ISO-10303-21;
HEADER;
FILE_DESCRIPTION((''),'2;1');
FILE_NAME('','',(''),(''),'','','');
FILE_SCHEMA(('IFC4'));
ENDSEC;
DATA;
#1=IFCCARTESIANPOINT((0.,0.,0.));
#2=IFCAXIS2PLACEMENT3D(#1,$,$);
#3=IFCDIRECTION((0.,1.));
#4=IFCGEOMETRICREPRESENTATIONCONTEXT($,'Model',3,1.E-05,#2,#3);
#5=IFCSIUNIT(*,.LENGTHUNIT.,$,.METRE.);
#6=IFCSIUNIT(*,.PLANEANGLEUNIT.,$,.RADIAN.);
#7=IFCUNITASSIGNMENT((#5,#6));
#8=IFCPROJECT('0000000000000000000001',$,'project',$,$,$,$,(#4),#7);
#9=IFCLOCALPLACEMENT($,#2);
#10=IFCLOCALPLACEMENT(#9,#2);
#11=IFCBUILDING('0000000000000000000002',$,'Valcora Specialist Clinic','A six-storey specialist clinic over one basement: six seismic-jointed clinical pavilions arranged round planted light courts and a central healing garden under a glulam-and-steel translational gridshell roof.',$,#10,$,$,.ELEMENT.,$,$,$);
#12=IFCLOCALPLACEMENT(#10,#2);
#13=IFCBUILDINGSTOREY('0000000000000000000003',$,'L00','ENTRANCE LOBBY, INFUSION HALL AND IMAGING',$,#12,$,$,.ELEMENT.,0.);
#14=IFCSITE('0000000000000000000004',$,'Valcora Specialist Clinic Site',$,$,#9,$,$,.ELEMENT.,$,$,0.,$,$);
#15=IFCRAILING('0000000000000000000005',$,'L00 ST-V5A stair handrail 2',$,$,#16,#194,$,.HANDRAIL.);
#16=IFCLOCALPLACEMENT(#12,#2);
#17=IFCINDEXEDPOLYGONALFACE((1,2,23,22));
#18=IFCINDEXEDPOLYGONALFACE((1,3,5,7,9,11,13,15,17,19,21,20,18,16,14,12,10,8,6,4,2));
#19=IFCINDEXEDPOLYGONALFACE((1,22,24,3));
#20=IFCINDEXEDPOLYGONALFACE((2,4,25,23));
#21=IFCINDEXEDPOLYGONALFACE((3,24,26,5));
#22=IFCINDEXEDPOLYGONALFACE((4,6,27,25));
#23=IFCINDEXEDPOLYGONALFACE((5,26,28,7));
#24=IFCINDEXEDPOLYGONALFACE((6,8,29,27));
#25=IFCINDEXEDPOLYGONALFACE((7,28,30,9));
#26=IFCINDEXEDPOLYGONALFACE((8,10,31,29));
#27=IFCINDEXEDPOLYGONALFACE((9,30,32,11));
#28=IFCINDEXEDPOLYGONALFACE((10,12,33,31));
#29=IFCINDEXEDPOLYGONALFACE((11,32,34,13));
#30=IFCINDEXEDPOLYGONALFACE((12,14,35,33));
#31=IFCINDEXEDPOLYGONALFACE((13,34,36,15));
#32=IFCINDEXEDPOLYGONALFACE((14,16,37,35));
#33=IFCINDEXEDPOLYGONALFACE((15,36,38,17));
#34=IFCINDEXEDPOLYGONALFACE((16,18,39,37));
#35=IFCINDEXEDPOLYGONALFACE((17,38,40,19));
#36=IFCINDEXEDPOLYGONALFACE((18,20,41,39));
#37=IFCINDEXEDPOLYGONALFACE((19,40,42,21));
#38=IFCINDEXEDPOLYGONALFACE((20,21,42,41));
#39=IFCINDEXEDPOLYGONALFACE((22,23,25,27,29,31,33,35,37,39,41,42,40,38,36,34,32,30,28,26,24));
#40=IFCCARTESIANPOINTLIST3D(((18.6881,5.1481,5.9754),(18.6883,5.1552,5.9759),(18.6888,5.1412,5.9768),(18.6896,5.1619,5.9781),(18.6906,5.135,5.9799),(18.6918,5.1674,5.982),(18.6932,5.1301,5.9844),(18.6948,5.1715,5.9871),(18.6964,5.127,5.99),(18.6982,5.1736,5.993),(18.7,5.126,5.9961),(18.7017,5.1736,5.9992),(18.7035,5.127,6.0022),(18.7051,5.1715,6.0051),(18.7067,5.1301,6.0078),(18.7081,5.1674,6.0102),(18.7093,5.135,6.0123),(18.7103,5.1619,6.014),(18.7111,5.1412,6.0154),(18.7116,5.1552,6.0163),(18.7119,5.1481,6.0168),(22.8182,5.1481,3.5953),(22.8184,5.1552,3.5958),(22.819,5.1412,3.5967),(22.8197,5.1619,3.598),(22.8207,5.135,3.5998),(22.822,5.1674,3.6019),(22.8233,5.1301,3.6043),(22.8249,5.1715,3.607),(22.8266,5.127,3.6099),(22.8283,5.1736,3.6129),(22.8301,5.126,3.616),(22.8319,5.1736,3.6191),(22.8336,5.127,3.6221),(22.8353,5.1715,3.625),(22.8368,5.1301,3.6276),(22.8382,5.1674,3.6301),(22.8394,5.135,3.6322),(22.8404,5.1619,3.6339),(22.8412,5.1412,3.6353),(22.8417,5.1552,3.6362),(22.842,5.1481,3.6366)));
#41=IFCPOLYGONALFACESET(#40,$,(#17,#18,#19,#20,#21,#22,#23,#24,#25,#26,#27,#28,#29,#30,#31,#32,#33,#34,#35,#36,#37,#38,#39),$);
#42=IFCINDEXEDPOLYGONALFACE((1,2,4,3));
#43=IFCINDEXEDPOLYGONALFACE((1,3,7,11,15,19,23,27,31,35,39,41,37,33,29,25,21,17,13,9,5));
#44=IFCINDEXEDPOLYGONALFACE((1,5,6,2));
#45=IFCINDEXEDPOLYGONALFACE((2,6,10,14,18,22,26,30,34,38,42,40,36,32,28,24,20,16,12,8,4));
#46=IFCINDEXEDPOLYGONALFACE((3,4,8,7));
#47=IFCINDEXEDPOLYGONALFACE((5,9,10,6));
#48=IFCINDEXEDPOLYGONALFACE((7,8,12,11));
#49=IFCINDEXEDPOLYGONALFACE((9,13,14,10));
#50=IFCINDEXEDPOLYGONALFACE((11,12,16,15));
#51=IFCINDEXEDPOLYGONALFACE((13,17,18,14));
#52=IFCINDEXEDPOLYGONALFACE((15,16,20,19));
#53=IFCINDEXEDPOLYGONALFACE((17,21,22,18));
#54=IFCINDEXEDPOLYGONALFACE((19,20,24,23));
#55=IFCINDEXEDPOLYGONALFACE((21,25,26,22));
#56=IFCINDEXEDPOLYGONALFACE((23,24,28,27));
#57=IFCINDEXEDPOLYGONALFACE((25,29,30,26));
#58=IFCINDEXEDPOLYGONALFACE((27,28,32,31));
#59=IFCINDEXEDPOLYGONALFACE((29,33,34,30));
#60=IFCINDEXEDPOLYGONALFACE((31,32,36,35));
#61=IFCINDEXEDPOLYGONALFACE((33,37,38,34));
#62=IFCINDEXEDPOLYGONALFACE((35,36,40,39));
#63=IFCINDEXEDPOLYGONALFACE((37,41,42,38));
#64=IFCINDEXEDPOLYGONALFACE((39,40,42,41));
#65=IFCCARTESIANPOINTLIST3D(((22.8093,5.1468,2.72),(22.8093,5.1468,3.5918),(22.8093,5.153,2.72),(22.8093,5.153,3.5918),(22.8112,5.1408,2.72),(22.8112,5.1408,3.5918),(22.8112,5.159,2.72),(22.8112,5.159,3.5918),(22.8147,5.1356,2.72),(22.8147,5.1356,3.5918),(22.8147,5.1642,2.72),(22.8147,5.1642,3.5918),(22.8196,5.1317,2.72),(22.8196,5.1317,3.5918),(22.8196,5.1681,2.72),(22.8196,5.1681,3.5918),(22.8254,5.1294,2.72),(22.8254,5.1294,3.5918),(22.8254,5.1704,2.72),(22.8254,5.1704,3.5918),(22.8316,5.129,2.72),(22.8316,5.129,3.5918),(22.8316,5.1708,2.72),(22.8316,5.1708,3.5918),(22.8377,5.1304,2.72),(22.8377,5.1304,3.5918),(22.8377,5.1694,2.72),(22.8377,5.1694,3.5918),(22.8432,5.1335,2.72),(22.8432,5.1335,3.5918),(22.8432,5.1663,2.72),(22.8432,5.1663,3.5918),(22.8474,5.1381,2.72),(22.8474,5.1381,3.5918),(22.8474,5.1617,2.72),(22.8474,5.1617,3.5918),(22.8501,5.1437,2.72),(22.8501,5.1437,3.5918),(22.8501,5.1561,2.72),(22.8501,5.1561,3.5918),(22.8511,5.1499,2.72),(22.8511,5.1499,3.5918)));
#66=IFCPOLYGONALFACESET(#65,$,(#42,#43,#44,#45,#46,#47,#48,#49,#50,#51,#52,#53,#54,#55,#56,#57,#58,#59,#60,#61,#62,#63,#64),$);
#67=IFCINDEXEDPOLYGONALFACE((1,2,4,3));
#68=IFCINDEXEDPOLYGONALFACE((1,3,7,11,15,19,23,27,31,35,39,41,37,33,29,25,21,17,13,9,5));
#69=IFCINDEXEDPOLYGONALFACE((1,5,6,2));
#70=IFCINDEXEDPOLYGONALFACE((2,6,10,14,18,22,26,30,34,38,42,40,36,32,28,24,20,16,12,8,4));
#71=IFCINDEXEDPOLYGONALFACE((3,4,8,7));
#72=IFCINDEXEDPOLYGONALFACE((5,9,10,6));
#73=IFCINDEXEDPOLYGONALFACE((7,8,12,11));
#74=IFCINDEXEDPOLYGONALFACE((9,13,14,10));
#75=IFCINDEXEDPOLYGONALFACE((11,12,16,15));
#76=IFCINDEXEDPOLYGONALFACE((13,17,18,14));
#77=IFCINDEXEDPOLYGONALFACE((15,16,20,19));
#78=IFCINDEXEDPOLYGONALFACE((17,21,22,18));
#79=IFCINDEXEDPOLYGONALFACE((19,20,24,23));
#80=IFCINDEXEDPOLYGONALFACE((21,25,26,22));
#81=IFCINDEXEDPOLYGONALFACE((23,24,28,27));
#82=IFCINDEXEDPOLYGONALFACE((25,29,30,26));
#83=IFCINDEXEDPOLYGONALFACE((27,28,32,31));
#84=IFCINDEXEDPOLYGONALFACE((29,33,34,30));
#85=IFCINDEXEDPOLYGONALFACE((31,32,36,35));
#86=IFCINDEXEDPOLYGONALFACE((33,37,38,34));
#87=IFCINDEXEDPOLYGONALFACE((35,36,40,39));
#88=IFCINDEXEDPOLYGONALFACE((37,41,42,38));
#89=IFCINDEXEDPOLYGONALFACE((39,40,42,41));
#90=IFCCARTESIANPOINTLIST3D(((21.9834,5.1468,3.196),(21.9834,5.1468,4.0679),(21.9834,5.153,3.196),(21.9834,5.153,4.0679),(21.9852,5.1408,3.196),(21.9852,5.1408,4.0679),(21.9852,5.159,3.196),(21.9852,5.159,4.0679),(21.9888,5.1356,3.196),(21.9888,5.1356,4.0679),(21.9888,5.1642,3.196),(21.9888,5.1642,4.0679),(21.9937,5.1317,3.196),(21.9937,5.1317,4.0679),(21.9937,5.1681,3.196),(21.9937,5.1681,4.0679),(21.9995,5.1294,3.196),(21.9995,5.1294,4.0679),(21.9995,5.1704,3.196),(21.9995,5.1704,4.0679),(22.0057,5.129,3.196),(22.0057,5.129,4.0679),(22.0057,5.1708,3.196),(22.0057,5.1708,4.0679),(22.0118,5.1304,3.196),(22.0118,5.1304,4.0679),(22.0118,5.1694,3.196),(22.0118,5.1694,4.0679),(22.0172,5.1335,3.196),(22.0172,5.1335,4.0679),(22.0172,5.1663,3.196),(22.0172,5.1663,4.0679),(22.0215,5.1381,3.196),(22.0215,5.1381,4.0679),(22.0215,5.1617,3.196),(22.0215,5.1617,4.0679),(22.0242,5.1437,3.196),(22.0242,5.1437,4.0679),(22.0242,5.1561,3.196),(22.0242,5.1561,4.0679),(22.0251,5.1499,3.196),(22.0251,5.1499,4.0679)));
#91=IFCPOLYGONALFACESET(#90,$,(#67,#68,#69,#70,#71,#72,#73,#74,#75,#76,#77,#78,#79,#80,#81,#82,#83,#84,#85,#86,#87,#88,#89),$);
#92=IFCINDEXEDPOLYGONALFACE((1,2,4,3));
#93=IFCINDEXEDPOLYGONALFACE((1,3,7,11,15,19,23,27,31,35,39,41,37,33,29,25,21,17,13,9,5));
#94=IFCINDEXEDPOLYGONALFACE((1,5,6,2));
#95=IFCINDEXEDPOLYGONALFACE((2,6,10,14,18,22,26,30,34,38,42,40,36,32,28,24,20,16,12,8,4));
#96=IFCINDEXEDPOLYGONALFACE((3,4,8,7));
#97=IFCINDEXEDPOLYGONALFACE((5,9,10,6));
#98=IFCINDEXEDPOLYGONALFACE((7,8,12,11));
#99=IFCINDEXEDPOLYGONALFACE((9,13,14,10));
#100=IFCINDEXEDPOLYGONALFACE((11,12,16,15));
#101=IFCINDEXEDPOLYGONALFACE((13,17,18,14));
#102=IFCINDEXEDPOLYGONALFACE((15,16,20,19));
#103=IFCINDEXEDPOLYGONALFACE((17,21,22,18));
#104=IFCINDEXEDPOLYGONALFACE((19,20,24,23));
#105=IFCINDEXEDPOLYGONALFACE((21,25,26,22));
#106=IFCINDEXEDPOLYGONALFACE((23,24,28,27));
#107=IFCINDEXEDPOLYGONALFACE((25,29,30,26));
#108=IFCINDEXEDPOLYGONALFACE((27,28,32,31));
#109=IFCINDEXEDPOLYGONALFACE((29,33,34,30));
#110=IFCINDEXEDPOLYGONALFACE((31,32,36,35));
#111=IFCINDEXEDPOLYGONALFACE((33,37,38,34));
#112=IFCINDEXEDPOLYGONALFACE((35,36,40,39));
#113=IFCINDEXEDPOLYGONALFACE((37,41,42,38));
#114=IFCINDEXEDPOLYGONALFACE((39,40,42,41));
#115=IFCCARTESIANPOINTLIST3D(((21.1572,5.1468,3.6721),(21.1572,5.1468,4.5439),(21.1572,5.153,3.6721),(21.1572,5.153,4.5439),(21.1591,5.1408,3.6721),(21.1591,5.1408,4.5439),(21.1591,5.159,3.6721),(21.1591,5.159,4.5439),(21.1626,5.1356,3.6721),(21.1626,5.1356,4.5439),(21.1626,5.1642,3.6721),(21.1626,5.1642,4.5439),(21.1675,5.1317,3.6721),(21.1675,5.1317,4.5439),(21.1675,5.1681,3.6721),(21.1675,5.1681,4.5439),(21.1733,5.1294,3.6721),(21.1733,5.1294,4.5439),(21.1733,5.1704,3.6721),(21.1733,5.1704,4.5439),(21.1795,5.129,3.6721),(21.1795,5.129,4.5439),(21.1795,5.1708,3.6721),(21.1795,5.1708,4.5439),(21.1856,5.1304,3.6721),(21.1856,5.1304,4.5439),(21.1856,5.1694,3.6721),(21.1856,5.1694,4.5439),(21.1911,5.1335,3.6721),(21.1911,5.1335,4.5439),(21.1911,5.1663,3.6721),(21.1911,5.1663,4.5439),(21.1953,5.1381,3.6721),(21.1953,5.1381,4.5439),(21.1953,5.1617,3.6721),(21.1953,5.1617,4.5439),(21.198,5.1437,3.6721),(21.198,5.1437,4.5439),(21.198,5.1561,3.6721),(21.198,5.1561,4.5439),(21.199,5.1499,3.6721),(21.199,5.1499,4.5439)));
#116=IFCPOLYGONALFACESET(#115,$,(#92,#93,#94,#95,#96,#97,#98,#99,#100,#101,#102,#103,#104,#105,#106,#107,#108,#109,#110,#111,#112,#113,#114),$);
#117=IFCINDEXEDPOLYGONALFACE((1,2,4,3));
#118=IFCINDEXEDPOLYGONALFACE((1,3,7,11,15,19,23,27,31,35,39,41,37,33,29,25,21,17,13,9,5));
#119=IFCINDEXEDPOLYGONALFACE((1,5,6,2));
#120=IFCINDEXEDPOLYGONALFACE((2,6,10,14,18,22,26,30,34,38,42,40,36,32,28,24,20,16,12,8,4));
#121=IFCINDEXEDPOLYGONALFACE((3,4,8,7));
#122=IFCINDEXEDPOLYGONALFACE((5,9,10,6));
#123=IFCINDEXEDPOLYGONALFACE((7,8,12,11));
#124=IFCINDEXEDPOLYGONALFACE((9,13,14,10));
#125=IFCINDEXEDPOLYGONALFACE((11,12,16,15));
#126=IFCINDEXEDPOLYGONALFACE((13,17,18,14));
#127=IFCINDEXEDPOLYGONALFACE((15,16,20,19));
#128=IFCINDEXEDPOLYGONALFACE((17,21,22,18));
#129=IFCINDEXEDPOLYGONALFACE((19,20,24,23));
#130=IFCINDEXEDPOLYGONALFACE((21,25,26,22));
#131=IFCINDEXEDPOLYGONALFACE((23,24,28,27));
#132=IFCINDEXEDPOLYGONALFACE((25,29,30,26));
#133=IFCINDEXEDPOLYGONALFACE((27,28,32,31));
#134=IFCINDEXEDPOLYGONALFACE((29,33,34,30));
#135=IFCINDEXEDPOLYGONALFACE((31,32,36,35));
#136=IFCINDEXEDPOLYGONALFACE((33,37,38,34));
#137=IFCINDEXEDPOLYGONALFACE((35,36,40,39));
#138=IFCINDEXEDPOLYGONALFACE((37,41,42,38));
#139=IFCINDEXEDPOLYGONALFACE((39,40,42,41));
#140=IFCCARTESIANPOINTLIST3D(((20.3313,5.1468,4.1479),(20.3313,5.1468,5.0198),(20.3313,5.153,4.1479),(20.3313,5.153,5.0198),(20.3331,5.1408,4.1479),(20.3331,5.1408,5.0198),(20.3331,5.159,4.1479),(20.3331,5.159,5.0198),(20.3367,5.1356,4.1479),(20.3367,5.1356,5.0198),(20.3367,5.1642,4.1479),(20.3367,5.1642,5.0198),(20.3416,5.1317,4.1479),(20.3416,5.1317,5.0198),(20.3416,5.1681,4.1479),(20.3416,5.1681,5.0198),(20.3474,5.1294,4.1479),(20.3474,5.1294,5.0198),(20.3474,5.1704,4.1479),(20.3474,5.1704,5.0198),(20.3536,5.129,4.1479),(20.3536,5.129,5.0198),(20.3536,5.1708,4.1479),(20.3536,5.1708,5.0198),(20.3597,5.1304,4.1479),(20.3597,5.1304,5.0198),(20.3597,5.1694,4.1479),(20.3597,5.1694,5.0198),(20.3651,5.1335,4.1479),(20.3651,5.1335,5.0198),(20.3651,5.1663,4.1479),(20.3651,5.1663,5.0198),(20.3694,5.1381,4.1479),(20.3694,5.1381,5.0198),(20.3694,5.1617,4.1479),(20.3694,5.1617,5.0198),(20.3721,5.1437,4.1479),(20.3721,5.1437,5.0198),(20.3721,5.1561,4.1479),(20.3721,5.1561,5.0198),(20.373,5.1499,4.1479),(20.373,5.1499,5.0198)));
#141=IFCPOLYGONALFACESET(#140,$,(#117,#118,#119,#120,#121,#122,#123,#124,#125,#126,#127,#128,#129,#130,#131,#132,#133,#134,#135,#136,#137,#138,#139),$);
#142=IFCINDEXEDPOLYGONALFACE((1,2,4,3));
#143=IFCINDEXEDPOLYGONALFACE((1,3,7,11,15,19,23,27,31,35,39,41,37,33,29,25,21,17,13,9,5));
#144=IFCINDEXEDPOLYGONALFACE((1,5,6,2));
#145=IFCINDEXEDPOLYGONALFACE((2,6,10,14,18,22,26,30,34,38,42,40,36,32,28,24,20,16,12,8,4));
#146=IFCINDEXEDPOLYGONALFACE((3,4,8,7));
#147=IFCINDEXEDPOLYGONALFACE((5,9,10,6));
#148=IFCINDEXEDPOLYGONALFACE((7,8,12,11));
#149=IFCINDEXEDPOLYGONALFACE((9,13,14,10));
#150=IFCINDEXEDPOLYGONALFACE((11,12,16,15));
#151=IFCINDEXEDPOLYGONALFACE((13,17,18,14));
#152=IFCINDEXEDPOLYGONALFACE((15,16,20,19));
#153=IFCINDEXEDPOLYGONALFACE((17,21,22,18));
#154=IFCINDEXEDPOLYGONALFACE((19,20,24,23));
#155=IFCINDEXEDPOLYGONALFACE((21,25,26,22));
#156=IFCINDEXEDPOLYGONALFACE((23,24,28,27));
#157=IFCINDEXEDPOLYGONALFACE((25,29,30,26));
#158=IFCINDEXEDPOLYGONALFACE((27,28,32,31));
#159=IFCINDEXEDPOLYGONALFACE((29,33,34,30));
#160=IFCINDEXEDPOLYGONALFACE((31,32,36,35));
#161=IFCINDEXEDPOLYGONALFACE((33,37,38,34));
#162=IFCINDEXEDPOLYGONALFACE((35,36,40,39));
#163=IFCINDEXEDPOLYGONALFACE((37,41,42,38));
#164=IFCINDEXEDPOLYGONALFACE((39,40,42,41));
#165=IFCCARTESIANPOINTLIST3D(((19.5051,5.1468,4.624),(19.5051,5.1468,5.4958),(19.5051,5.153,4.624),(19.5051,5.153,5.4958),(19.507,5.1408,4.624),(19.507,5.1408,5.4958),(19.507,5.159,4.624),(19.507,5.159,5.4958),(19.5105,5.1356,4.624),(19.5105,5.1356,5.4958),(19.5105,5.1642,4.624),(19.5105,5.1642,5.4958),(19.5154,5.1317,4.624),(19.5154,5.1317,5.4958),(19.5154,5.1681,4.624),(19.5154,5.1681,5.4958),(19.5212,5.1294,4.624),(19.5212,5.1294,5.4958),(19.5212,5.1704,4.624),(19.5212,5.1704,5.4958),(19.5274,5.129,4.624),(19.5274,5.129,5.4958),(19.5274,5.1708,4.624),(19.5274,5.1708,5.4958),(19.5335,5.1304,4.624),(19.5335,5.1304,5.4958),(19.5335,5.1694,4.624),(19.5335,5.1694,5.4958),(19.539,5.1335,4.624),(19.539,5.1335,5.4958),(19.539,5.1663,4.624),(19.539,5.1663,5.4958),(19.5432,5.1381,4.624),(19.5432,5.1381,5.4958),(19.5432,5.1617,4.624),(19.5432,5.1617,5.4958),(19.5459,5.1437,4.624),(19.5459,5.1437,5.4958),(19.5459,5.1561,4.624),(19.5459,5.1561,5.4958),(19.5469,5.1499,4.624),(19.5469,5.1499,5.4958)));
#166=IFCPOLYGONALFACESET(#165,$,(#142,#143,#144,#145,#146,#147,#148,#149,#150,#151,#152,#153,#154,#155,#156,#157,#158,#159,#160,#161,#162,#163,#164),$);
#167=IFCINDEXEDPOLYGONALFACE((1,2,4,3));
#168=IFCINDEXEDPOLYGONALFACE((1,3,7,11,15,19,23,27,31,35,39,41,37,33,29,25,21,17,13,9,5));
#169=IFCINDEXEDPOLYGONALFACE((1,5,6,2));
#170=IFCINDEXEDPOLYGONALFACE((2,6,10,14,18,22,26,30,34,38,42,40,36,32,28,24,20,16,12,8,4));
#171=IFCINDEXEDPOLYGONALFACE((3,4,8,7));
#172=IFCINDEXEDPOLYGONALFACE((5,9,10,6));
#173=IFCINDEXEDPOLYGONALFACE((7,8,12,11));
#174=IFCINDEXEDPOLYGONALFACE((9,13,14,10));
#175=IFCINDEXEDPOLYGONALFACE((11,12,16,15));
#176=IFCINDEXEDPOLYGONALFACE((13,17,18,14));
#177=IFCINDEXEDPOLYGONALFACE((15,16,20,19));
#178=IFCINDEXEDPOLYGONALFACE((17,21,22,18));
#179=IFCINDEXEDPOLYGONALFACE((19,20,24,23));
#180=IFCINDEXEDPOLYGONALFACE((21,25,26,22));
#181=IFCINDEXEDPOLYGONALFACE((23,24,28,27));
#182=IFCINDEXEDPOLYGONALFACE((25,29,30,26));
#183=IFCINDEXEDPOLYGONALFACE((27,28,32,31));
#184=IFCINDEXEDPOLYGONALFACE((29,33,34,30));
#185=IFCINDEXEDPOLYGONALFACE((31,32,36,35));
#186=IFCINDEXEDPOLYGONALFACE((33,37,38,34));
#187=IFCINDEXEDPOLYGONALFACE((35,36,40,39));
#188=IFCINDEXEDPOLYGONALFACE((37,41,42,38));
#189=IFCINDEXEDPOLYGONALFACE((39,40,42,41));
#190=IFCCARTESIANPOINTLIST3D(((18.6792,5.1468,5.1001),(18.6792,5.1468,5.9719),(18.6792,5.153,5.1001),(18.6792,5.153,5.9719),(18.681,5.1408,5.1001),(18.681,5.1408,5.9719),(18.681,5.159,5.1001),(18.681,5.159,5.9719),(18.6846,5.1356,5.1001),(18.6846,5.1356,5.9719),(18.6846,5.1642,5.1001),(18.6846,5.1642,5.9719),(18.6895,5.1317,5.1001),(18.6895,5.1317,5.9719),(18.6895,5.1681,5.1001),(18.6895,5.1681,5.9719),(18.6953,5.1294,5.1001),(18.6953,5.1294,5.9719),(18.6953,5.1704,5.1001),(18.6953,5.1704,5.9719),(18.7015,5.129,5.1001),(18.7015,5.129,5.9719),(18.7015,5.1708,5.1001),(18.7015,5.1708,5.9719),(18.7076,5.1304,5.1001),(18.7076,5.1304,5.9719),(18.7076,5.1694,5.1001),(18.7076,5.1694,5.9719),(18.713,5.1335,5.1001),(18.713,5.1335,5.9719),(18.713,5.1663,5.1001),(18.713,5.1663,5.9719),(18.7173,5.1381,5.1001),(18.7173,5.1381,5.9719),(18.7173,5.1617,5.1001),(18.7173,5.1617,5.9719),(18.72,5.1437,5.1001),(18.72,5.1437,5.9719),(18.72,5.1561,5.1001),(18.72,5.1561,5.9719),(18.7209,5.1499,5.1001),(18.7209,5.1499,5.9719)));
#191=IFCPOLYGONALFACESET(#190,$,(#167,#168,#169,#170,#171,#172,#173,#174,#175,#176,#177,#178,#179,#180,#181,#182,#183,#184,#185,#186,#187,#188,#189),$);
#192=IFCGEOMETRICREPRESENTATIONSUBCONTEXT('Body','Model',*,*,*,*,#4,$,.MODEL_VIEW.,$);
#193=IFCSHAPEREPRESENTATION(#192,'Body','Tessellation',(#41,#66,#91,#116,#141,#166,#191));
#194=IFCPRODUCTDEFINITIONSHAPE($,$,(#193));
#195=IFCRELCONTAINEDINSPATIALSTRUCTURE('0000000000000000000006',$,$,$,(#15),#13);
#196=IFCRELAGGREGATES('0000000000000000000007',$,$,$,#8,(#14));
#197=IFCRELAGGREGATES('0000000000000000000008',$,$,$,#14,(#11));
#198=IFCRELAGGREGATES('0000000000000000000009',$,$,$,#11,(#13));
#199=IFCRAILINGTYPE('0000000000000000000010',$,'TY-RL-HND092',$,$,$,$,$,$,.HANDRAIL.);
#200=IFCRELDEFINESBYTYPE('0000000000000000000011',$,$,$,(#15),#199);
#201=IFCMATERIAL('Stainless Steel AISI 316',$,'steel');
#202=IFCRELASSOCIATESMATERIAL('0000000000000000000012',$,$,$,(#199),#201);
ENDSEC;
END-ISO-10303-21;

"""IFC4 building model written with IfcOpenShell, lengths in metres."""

from ifc_helpers import new_model, si_unit, direction, frame, origin, origin_2d, place, context, subcontext, project, spatial, circle, extrude, material, type_object, element, save


model = new_model("IFC4")

# Units and contexts
model_context = context("Model", 3, precision=1e-05, world=origin(), true_north=direction((0.0, 1.0)))
body_context = subcontext(model_context, "Body", "Model", "MODEL_VIEW")
ifc_project = project(units=[si_unit("LENGTHUNIT", "METRE"), si_unit("PLANEANGLEUNIT", "RADIAN")], contexts=[model_context])

# Site, building, storey
site_placement = place(None, origin())
site = spatial("IfcSite", under=ifc_project, at=site_placement, Name="Valcora Specialist Clinic Site", CompositionType="ELEMENT", RefElevation=0.0)
building_placement = place(site_placement, origin())
building = spatial("IfcBuilding", under=site, at=building_placement, Name="Valcora Specialist Clinic", Description="A six-storey specialist clinic over one basement: six seismic-jointed clinical pavilions arranged round planted light courts and a central healing garden under a glulam-and-steel translational gridshell roof.", CompositionType="ELEMENT")
storey_placement = place(building_placement, origin())
storey = spatial("IfcBuildingStorey", under=building, at=storey_placement, Name="L00", Description="ENTRANCE LOBBY, INFUSION HALL AND IMAGING", CompositionType="ELEMENT", Elevation=0.0)

# Shared definitions
ifc_material_1 = material(Name="Stainless Steel AISI 316", Category="steel")

# Railing
railing_type_1 = type_object("IfcRailingType", Name="TY-RL-HND092", PredefinedType="HANDRAIL", material=ifc_material_1)
railing_1_placement = place(storey_placement, frame((22.8301, 5.1499, 2.72)))
element("IfcRailing", 1, at=railing_1_placement, inside=storey, type_object=railing_type_1, Name="L00 ST-V5A stair handrail 2", PredefinedType="HANDRAIL", context=body_context, shape_type="SweptSolid", body=[
    extrude(circle(Radius=0.0239, at=origin_2d()), frame((0.0, 0.0, 0.896), z_axis=(-0.866425, 0.0, 0.499307), x_axis=(0.0, -1.0, 0.0)), (0.0, 0.0, 1.0), 4.7668),
    extrude(circle(Radius=0.021, at=origin_2d()), origin(), (0.0, 0.0, 1.0), 0.8718),
    extrude(circle(Radius=0.021, at=origin_2d()), frame((-0.8259, 0.0, 0.4761)), (0.0, 0.0, 1.0), 0.8718),
    extrude(circle(Radius=0.021, at=origin_2d()), frame((-1.6521, 0.0, 0.9521)), (0.0, 0.0, 1.0), 0.8718),
    extrude(circle(Radius=0.021, at=origin_2d()), frame((-2.478, 0.0, 1.428)), (0.0, 0.0, 1.0), 0.8718),
    extrude(circle(Radius=0.021, at=origin_2d()), frame((-3.3042, 0.0, 1.9041)), (0.0, 0.0, 1.0), 0.8718),
    extrude(circle(Radius=0.021, at=origin_2d()), frame((-4.1301, 0.0, 2.3801)), (0.0, 0.0, 1.0), 0.8718),
])

save(model, "model.ifc")
